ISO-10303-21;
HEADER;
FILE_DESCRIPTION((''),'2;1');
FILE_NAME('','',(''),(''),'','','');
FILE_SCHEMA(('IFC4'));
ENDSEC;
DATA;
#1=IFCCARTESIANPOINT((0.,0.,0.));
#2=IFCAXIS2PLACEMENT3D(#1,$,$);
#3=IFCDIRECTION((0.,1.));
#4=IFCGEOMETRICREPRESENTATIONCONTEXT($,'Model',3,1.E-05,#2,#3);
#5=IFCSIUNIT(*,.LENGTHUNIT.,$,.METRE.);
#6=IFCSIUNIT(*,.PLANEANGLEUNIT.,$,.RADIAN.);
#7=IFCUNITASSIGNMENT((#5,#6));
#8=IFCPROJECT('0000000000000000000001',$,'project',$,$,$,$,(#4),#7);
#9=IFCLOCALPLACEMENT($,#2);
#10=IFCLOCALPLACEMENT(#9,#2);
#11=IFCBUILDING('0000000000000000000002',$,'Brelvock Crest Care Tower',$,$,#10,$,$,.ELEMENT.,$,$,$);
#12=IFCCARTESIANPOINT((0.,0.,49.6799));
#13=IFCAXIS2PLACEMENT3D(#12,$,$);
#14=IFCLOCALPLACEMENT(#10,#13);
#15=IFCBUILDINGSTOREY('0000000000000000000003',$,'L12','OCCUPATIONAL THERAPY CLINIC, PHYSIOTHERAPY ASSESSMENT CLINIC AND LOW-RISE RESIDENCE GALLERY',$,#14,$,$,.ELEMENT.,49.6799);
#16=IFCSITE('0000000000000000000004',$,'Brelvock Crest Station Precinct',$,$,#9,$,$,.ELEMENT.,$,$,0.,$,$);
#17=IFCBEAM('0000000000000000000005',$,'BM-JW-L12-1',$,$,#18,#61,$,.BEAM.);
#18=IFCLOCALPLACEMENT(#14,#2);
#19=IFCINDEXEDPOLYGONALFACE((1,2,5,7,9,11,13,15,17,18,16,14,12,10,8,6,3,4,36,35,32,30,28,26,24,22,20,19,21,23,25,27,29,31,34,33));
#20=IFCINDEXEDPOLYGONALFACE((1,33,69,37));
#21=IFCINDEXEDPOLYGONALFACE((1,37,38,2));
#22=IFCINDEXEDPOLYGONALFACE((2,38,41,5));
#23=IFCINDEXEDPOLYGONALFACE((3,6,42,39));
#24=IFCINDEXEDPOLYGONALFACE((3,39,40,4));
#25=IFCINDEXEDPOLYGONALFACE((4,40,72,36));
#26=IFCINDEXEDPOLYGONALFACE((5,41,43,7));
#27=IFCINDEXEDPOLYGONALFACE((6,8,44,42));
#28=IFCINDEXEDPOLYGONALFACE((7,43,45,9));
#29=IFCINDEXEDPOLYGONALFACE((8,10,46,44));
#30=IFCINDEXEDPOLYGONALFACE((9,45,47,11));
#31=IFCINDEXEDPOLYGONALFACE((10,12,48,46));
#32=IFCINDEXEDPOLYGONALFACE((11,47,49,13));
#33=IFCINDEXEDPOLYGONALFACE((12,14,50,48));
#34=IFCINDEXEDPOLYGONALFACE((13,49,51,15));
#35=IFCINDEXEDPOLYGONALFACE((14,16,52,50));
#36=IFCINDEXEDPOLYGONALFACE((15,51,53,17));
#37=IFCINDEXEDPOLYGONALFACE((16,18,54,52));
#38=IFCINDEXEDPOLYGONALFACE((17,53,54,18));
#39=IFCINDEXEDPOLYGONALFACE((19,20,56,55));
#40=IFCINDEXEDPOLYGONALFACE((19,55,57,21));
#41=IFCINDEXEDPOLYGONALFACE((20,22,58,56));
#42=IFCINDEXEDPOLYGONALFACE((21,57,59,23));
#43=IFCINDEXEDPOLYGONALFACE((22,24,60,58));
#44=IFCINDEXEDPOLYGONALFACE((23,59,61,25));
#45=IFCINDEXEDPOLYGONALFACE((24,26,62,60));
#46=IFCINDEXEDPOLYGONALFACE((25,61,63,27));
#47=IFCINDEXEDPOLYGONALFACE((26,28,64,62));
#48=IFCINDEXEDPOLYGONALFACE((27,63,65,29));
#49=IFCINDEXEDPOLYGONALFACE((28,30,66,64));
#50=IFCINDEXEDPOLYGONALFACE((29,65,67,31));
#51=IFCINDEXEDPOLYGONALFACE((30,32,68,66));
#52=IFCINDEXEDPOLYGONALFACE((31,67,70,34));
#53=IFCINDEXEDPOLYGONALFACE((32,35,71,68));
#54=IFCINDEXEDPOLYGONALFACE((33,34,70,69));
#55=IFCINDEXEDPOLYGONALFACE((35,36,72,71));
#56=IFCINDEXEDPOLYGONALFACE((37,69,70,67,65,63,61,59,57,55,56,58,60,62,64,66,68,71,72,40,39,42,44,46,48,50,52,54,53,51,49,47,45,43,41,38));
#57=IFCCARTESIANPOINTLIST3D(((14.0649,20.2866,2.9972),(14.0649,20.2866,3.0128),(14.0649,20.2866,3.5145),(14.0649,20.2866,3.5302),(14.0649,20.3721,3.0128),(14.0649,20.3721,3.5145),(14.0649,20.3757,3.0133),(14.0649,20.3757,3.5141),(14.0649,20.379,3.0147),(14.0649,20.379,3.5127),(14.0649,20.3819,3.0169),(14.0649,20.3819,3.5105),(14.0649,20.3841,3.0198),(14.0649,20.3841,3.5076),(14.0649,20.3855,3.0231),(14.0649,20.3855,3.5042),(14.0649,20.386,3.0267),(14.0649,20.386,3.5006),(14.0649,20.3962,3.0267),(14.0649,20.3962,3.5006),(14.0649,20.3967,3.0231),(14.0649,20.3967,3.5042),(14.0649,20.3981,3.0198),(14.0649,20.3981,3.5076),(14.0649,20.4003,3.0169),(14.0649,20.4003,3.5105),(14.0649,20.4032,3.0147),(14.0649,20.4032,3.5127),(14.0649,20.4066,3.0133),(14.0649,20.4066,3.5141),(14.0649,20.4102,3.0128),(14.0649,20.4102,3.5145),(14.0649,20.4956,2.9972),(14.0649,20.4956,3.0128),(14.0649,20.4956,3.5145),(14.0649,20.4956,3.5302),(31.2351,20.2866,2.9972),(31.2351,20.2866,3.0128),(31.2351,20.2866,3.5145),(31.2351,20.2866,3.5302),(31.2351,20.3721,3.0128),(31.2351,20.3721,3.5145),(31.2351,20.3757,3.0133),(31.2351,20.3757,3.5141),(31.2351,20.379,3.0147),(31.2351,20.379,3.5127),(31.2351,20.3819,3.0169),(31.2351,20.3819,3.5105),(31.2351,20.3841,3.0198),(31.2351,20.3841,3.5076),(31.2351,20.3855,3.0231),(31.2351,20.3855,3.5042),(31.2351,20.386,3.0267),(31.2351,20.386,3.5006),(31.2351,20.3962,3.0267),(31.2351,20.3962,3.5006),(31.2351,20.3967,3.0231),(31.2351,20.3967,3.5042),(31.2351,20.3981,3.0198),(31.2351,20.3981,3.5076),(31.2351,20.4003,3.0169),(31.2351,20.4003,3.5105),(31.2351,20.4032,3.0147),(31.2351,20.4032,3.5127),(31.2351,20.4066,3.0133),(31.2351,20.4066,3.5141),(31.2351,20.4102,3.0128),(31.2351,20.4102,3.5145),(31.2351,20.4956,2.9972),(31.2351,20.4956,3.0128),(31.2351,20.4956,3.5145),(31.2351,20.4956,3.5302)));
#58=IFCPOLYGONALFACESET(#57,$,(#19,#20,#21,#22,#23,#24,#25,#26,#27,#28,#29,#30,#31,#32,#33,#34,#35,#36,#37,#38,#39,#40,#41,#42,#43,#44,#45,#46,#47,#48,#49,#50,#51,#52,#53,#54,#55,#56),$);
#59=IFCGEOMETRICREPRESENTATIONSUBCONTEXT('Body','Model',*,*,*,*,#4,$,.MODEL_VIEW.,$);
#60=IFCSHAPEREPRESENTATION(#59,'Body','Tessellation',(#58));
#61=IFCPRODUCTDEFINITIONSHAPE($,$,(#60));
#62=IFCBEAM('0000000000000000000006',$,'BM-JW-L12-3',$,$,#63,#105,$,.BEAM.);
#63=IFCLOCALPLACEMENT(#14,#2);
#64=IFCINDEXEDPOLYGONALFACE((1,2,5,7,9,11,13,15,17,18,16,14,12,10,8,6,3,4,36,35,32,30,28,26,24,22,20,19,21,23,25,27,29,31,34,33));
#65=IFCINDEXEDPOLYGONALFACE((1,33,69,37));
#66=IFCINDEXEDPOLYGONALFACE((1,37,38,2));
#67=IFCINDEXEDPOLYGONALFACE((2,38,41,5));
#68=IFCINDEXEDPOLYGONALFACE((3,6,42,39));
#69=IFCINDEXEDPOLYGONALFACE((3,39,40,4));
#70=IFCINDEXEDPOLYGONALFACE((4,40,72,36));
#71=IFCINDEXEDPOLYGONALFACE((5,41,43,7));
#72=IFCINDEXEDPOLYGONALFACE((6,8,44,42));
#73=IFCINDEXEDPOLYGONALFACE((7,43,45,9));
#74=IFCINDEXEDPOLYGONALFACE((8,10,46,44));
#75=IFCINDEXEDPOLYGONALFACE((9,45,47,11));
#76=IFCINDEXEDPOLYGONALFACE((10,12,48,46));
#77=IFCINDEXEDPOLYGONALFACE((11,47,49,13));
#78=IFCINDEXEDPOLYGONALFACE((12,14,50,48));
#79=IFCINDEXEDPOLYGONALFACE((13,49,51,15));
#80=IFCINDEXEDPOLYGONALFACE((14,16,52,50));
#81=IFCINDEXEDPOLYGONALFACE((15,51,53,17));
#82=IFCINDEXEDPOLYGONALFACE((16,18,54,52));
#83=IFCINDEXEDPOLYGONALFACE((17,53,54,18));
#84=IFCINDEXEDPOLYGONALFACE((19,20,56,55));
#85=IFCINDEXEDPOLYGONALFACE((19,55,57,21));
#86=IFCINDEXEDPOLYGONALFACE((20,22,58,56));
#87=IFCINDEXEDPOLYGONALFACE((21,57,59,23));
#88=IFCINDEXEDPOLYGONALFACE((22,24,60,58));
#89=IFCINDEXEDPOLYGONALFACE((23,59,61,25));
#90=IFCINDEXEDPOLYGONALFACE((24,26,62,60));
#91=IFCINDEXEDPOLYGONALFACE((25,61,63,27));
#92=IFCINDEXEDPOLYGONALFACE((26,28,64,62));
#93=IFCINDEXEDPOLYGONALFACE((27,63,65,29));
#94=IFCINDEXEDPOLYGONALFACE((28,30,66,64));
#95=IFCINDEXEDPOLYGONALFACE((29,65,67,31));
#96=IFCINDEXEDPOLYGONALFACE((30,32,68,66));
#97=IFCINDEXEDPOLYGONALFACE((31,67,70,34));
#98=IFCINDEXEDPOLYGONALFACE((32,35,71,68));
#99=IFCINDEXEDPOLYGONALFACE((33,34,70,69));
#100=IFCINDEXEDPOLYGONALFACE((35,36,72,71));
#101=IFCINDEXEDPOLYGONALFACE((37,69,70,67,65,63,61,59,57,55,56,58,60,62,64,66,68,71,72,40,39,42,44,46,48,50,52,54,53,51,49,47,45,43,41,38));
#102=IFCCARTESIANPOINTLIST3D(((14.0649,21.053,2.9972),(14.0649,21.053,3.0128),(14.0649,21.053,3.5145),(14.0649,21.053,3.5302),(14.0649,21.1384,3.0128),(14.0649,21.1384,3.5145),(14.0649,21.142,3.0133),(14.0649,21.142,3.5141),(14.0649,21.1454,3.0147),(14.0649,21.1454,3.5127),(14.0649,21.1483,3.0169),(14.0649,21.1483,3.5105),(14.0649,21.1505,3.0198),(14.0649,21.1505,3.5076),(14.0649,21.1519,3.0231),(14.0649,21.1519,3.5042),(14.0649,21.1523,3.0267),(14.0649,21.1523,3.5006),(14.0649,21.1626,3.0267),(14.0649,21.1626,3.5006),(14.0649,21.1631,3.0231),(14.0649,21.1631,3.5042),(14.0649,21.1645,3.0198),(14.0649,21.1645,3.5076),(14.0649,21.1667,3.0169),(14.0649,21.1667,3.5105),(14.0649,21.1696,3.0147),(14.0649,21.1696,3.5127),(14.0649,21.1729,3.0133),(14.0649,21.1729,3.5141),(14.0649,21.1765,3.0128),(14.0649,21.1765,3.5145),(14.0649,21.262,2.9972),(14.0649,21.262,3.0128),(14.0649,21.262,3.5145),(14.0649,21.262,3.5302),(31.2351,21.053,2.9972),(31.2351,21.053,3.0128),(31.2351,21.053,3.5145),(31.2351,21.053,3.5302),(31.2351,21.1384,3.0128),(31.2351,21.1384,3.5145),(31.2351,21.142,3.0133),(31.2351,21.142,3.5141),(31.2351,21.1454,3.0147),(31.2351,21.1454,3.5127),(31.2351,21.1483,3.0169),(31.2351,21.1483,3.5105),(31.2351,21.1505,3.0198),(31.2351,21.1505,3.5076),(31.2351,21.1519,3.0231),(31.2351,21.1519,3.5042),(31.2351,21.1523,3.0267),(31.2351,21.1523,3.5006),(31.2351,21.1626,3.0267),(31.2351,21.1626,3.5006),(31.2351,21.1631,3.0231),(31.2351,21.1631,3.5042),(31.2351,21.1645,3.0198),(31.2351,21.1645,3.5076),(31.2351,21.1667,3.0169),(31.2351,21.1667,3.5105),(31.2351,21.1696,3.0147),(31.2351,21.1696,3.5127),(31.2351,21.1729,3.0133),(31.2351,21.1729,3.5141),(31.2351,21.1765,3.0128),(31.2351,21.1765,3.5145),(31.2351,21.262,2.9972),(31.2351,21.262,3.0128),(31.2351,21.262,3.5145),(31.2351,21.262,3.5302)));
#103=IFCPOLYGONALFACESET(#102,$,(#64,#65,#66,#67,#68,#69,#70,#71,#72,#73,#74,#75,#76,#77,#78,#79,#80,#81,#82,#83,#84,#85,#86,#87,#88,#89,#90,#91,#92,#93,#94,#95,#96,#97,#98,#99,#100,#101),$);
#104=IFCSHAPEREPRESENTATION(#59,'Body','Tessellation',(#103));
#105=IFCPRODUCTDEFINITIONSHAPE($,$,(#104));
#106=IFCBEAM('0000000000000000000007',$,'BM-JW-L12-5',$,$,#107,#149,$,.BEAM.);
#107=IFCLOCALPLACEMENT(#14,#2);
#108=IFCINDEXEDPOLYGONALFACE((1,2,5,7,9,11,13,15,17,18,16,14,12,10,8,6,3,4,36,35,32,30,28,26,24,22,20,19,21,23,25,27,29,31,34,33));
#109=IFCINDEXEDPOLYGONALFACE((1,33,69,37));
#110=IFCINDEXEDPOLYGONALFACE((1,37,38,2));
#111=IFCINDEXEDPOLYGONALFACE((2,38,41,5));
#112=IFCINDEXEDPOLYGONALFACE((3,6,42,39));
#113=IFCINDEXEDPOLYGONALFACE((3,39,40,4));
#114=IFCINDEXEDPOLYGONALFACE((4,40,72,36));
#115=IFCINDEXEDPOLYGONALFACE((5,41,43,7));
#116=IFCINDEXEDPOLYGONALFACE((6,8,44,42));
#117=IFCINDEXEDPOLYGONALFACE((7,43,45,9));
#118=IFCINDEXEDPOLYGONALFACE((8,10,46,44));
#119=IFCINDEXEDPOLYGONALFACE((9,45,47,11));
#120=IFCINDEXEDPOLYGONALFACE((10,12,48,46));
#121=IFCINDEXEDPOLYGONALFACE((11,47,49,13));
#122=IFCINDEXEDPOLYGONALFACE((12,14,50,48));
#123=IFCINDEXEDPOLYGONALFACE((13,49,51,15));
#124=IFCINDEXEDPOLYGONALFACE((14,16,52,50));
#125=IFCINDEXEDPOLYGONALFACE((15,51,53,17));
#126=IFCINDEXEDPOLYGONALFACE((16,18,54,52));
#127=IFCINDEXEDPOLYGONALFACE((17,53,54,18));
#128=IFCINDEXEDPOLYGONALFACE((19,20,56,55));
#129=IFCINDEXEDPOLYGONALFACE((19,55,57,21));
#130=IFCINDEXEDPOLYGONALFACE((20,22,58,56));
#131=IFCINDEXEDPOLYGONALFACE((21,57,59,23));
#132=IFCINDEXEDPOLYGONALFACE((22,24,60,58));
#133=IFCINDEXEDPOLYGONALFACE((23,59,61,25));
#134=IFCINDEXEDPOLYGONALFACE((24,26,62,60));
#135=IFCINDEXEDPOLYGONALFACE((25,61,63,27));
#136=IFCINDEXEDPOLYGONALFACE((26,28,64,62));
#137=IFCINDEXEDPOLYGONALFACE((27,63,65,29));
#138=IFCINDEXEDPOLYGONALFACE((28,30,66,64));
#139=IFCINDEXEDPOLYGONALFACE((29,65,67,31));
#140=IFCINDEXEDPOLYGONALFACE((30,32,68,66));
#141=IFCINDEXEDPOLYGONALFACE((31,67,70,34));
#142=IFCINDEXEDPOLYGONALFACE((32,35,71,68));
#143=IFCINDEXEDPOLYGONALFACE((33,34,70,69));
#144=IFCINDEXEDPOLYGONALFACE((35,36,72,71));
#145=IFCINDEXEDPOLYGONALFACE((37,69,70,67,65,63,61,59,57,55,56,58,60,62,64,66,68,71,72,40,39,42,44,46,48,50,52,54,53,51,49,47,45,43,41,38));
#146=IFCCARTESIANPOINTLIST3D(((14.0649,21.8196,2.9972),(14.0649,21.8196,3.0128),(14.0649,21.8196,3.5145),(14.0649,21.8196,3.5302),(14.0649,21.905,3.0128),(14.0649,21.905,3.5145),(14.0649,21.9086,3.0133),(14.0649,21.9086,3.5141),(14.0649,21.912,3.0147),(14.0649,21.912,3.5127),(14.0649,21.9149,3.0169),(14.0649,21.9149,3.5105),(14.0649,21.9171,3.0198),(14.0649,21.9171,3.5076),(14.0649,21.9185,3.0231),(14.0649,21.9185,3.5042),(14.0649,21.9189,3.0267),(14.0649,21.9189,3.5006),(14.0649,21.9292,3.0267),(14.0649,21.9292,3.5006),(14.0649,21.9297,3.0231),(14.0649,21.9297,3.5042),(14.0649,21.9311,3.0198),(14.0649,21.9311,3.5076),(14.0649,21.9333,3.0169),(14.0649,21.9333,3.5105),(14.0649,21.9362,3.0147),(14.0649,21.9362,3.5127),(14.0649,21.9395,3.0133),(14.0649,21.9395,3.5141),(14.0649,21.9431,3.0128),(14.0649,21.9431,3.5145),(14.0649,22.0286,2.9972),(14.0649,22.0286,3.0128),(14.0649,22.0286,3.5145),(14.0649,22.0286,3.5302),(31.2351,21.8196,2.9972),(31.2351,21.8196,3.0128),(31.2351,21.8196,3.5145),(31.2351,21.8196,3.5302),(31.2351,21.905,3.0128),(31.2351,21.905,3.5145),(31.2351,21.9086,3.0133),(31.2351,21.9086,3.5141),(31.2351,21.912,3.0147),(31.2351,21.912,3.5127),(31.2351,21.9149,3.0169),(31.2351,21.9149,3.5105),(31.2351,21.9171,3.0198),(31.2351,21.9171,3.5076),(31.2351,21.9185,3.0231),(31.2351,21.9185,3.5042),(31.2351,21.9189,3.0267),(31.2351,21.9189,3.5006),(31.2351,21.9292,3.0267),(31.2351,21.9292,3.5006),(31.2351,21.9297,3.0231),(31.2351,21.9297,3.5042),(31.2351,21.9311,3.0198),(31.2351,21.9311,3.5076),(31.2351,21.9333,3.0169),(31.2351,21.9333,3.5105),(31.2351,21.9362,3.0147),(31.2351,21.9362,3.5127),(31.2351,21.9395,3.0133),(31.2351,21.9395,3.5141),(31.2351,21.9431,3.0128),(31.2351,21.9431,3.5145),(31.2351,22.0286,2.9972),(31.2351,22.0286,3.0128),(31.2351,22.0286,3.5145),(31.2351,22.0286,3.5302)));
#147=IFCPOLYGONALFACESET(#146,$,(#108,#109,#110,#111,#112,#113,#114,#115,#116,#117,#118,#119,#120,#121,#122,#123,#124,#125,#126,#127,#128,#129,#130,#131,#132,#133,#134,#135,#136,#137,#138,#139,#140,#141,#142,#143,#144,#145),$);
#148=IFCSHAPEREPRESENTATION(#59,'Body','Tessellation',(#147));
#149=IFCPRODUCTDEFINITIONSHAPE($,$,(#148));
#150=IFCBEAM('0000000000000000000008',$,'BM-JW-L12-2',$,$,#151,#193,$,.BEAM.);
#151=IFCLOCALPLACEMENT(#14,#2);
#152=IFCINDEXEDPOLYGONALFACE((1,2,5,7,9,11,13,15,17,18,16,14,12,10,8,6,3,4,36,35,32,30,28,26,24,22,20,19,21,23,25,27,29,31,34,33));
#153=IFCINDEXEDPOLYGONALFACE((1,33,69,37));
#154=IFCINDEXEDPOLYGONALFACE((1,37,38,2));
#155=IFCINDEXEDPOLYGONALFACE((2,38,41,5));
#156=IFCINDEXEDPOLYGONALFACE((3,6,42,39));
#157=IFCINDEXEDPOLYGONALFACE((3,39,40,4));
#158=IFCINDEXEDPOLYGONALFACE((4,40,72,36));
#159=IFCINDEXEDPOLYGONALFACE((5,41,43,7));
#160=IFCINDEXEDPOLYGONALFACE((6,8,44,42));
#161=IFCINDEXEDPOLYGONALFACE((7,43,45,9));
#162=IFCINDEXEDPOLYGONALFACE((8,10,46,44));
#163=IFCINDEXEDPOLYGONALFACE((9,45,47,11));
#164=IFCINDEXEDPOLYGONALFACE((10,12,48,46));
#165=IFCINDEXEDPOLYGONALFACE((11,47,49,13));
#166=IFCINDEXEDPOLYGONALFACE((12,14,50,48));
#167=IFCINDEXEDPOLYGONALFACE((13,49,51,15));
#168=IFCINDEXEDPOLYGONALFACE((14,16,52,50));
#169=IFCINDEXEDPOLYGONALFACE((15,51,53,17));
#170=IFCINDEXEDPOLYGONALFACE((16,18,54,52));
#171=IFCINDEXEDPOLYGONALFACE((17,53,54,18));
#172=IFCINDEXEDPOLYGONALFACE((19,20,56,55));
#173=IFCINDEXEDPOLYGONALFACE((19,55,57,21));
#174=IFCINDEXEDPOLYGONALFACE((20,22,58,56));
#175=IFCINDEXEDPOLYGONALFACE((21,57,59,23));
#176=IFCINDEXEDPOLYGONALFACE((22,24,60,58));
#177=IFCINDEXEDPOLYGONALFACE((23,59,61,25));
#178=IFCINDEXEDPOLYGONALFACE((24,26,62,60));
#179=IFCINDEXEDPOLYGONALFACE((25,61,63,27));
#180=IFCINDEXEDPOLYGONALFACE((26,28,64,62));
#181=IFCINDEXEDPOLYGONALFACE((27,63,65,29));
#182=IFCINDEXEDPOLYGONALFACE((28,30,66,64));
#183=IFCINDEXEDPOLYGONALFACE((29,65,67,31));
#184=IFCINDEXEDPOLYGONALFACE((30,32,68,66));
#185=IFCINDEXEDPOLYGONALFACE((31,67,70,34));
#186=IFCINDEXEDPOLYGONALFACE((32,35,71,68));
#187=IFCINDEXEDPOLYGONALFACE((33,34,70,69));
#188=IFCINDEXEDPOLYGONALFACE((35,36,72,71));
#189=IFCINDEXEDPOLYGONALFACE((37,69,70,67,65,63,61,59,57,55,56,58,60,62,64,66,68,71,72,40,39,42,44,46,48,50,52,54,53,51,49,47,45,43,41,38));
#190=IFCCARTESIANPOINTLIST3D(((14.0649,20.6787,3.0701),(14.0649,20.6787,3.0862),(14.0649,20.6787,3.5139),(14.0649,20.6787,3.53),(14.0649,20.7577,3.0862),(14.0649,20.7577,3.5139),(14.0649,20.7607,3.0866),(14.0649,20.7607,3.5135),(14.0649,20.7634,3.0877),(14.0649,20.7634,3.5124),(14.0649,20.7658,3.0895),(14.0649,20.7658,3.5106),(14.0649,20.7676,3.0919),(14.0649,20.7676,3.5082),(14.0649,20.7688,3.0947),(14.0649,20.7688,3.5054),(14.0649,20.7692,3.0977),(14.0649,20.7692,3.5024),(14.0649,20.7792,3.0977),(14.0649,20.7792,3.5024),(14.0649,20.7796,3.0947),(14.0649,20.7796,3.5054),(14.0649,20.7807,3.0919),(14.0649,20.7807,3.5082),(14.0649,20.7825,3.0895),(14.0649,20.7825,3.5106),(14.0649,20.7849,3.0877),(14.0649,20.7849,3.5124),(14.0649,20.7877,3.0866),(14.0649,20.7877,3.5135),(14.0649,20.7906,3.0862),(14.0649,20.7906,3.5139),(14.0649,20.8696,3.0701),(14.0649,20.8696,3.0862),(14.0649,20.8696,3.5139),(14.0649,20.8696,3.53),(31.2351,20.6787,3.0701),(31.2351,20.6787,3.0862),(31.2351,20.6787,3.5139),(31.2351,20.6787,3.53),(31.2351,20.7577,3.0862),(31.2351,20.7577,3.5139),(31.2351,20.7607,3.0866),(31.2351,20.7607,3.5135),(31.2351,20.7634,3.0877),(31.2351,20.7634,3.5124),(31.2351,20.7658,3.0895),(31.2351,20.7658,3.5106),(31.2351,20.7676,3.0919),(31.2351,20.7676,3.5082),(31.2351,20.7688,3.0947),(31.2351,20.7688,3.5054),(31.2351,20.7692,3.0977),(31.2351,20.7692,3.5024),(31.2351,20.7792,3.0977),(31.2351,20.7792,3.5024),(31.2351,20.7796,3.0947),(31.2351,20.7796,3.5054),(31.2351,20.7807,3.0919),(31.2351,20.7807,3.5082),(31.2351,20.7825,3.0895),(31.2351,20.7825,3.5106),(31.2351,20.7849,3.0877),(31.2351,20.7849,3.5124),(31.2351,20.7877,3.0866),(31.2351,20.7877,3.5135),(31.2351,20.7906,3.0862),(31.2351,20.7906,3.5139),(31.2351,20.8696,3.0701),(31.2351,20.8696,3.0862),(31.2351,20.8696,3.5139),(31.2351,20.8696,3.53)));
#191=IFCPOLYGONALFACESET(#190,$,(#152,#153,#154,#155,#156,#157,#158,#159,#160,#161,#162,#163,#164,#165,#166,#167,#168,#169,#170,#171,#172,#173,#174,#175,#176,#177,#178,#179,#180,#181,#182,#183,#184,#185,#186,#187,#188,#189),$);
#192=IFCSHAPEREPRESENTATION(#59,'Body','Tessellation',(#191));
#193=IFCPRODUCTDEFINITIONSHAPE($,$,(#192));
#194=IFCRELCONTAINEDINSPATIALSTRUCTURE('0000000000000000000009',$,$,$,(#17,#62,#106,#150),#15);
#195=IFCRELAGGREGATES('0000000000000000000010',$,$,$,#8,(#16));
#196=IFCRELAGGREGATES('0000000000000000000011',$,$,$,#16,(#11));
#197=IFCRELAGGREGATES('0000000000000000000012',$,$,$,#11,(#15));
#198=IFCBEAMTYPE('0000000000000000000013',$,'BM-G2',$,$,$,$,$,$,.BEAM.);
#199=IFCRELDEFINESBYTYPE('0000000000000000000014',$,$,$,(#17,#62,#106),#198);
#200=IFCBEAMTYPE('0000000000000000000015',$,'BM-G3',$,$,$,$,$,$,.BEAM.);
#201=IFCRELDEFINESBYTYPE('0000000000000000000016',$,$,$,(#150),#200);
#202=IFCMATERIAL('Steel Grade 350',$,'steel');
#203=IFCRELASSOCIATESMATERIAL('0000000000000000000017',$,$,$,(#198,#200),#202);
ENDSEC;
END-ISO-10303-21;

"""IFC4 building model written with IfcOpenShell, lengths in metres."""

from ifc_helpers import new_model, si_unit, direction, frame, origin, origin_2d, place, context, subcontext, project, spatial, i_section, extrude, source, transform, mapped, material, material_profile, profile_set, type_object, element, save


model = new_model("IFC4")

# Units and contexts
model_context = context("Model", 3, precision=1e-05, world=origin(), true_north=direction((0.0, 1.0)))
body_context = subcontext(model_context, "Body", "Model", "MODEL_VIEW")
ifc_project = project(units=[si_unit("LENGTHUNIT", "METRE"), si_unit("PLANEANGLEUNIT", "RADIAN")], contexts=[model_context])

# Site, building, storey
site_placement = place(None, origin())
site = spatial("IfcSite", under=ifc_project, at=site_placement, Name="Brelvock Crest Station Precinct", CompositionType="ELEMENT", RefElevation=0.0)
building_placement = place(site_placement, origin())
building = spatial("IfcBuilding", under=site, at=building_placement, Name="Brelvock Crest Care Tower", CompositionType="ELEMENT")
storey_placement = place(building_placement, frame((0.0, 0.0, 49.6799)))
storey = spatial("IfcBuildingStorey", under=building, at=storey_placement, Name="L12", Description="OCCUPATIONAL THERAPY CLINIC, PHYSIOTHERAPY ASSESSMENT CLINIC AND LOW-RISE RESIDENCE GALLERY", CompositionType="ELEMENT", Elevation=49.6799)

# Shared definitions
ifc_material_1 = material(Name="Steel Grade 350", Category="steel")

# Beams
ifc_material_profile_1 = material_profile(ifc_material_1, i_section(OverallWidth=0.209, OverallDepth=0.533, WebThickness=0.0103, FlangeThickness=0.0156, FilletRadius=0.0139, at=origin_2d()), Name="530UB92.4")
ifc_profile_set_1 = profile_set([ifc_material_profile_1], Name="Steel Grade 350")
beam_type_1 = type_object("IfcBeamType", Name="BM-G2", PredefinedType="BEAM", material=ifc_profile_set_1)
shared_shape_1 = source(origin(), body_context, "Body", "SweptSolid", [
    extrude(i_section(OverallWidth=0.209, OverallDepth=0.533, WebThickness=0.0103, FlangeThickness=0.0156, FilletRadius=0.0139, at=origin_2d()), origin(), (0.0, 0.0, 1.0), 17.1702),
])
for number, where, z_axis, x_axis, name in (
    (1, (14.0649, 20.3911, 3.2637), (1.0, 0.0, 0.0), (0.0, 1.0, 0.0), "BM-JW-L12-1"),
    (2, (14.0649, 21.1575, 3.2637), (1.0, 0.0, 0.0), (0.0, 1.0, 0.0), "BM-JW-L12-3"),
    (3, (14.0649, 21.9241, 3.2637), (1.0, 0.0, 0.0), (0.0, 1.0, 0.0), "BM-JW-L12-5"),
):
    element("IfcBeam", number, at=place(storey_placement, frame(where, z_axis=z_axis, x_axis=x_axis)), inside=storey, type_object=beam_type_1, Name=name, PredefinedType="BEAM", context=body_context, shape_type="MappedRepresentation", body=[
        mapped(shared_shape_1, transform((0.0, 0.0, 0.0), x_axis=(1.0, 0.0, 0.0), y_axis=(0.0, 1.0, 0.0), z_axis=(0.0, 0.0, 1.0), scale=1.0)),
    ])
ifc_material_profile_2 = material_profile(ifc_material_1, i_section(OverallWidth=0.1909, OverallDepth=0.46, WebThickness=0.01, FlangeThickness=0.0161, FilletRadius=0.0115, at=origin_2d()), Name="460UB82.1")
ifc_profile_set_2 = profile_set([ifc_material_profile_2], Name="Steel Grade 350")
beam_type_2 = type_object("IfcBeamType", Name="BM-G3", PredefinedType="BEAM", material=ifc_profile_set_2)
shared_shape_2 = source(origin(), body_context, "Body", "SweptSolid", [
    extrude(i_section(OverallWidth=0.1909, OverallDepth=0.46, WebThickness=0.01, FlangeThickness=0.0161, FilletRadius=0.0115, at=origin_2d()), origin(), (0.0, 0.0, 1.0), 17.1702),
])
for number, where, z_axis, x_axis, name in (
    (4, (14.0649, 20.7742, 3.3), (1.0, 0.0, 0.0), (0.0, 1.0, 0.0), "BM-JW-L12-2"),
):
    element("IfcBeam", number, at=place(storey_placement, frame(where, z_axis=z_axis, x_axis=x_axis)), inside=storey, type_object=beam_type_2, Name=name, PredefinedType="BEAM", context=body_context, shape_type="MappedRepresentation", body=[
        mapped(shared_shape_2, transform((0.0, 0.0, 0.0), x_axis=(1.0, 0.0, 0.0), y_axis=(0.0, 1.0, 0.0), z_axis=(0.0, 0.0, 1.0), scale=1.0)),
    ])

save(model, "model.ifc")
